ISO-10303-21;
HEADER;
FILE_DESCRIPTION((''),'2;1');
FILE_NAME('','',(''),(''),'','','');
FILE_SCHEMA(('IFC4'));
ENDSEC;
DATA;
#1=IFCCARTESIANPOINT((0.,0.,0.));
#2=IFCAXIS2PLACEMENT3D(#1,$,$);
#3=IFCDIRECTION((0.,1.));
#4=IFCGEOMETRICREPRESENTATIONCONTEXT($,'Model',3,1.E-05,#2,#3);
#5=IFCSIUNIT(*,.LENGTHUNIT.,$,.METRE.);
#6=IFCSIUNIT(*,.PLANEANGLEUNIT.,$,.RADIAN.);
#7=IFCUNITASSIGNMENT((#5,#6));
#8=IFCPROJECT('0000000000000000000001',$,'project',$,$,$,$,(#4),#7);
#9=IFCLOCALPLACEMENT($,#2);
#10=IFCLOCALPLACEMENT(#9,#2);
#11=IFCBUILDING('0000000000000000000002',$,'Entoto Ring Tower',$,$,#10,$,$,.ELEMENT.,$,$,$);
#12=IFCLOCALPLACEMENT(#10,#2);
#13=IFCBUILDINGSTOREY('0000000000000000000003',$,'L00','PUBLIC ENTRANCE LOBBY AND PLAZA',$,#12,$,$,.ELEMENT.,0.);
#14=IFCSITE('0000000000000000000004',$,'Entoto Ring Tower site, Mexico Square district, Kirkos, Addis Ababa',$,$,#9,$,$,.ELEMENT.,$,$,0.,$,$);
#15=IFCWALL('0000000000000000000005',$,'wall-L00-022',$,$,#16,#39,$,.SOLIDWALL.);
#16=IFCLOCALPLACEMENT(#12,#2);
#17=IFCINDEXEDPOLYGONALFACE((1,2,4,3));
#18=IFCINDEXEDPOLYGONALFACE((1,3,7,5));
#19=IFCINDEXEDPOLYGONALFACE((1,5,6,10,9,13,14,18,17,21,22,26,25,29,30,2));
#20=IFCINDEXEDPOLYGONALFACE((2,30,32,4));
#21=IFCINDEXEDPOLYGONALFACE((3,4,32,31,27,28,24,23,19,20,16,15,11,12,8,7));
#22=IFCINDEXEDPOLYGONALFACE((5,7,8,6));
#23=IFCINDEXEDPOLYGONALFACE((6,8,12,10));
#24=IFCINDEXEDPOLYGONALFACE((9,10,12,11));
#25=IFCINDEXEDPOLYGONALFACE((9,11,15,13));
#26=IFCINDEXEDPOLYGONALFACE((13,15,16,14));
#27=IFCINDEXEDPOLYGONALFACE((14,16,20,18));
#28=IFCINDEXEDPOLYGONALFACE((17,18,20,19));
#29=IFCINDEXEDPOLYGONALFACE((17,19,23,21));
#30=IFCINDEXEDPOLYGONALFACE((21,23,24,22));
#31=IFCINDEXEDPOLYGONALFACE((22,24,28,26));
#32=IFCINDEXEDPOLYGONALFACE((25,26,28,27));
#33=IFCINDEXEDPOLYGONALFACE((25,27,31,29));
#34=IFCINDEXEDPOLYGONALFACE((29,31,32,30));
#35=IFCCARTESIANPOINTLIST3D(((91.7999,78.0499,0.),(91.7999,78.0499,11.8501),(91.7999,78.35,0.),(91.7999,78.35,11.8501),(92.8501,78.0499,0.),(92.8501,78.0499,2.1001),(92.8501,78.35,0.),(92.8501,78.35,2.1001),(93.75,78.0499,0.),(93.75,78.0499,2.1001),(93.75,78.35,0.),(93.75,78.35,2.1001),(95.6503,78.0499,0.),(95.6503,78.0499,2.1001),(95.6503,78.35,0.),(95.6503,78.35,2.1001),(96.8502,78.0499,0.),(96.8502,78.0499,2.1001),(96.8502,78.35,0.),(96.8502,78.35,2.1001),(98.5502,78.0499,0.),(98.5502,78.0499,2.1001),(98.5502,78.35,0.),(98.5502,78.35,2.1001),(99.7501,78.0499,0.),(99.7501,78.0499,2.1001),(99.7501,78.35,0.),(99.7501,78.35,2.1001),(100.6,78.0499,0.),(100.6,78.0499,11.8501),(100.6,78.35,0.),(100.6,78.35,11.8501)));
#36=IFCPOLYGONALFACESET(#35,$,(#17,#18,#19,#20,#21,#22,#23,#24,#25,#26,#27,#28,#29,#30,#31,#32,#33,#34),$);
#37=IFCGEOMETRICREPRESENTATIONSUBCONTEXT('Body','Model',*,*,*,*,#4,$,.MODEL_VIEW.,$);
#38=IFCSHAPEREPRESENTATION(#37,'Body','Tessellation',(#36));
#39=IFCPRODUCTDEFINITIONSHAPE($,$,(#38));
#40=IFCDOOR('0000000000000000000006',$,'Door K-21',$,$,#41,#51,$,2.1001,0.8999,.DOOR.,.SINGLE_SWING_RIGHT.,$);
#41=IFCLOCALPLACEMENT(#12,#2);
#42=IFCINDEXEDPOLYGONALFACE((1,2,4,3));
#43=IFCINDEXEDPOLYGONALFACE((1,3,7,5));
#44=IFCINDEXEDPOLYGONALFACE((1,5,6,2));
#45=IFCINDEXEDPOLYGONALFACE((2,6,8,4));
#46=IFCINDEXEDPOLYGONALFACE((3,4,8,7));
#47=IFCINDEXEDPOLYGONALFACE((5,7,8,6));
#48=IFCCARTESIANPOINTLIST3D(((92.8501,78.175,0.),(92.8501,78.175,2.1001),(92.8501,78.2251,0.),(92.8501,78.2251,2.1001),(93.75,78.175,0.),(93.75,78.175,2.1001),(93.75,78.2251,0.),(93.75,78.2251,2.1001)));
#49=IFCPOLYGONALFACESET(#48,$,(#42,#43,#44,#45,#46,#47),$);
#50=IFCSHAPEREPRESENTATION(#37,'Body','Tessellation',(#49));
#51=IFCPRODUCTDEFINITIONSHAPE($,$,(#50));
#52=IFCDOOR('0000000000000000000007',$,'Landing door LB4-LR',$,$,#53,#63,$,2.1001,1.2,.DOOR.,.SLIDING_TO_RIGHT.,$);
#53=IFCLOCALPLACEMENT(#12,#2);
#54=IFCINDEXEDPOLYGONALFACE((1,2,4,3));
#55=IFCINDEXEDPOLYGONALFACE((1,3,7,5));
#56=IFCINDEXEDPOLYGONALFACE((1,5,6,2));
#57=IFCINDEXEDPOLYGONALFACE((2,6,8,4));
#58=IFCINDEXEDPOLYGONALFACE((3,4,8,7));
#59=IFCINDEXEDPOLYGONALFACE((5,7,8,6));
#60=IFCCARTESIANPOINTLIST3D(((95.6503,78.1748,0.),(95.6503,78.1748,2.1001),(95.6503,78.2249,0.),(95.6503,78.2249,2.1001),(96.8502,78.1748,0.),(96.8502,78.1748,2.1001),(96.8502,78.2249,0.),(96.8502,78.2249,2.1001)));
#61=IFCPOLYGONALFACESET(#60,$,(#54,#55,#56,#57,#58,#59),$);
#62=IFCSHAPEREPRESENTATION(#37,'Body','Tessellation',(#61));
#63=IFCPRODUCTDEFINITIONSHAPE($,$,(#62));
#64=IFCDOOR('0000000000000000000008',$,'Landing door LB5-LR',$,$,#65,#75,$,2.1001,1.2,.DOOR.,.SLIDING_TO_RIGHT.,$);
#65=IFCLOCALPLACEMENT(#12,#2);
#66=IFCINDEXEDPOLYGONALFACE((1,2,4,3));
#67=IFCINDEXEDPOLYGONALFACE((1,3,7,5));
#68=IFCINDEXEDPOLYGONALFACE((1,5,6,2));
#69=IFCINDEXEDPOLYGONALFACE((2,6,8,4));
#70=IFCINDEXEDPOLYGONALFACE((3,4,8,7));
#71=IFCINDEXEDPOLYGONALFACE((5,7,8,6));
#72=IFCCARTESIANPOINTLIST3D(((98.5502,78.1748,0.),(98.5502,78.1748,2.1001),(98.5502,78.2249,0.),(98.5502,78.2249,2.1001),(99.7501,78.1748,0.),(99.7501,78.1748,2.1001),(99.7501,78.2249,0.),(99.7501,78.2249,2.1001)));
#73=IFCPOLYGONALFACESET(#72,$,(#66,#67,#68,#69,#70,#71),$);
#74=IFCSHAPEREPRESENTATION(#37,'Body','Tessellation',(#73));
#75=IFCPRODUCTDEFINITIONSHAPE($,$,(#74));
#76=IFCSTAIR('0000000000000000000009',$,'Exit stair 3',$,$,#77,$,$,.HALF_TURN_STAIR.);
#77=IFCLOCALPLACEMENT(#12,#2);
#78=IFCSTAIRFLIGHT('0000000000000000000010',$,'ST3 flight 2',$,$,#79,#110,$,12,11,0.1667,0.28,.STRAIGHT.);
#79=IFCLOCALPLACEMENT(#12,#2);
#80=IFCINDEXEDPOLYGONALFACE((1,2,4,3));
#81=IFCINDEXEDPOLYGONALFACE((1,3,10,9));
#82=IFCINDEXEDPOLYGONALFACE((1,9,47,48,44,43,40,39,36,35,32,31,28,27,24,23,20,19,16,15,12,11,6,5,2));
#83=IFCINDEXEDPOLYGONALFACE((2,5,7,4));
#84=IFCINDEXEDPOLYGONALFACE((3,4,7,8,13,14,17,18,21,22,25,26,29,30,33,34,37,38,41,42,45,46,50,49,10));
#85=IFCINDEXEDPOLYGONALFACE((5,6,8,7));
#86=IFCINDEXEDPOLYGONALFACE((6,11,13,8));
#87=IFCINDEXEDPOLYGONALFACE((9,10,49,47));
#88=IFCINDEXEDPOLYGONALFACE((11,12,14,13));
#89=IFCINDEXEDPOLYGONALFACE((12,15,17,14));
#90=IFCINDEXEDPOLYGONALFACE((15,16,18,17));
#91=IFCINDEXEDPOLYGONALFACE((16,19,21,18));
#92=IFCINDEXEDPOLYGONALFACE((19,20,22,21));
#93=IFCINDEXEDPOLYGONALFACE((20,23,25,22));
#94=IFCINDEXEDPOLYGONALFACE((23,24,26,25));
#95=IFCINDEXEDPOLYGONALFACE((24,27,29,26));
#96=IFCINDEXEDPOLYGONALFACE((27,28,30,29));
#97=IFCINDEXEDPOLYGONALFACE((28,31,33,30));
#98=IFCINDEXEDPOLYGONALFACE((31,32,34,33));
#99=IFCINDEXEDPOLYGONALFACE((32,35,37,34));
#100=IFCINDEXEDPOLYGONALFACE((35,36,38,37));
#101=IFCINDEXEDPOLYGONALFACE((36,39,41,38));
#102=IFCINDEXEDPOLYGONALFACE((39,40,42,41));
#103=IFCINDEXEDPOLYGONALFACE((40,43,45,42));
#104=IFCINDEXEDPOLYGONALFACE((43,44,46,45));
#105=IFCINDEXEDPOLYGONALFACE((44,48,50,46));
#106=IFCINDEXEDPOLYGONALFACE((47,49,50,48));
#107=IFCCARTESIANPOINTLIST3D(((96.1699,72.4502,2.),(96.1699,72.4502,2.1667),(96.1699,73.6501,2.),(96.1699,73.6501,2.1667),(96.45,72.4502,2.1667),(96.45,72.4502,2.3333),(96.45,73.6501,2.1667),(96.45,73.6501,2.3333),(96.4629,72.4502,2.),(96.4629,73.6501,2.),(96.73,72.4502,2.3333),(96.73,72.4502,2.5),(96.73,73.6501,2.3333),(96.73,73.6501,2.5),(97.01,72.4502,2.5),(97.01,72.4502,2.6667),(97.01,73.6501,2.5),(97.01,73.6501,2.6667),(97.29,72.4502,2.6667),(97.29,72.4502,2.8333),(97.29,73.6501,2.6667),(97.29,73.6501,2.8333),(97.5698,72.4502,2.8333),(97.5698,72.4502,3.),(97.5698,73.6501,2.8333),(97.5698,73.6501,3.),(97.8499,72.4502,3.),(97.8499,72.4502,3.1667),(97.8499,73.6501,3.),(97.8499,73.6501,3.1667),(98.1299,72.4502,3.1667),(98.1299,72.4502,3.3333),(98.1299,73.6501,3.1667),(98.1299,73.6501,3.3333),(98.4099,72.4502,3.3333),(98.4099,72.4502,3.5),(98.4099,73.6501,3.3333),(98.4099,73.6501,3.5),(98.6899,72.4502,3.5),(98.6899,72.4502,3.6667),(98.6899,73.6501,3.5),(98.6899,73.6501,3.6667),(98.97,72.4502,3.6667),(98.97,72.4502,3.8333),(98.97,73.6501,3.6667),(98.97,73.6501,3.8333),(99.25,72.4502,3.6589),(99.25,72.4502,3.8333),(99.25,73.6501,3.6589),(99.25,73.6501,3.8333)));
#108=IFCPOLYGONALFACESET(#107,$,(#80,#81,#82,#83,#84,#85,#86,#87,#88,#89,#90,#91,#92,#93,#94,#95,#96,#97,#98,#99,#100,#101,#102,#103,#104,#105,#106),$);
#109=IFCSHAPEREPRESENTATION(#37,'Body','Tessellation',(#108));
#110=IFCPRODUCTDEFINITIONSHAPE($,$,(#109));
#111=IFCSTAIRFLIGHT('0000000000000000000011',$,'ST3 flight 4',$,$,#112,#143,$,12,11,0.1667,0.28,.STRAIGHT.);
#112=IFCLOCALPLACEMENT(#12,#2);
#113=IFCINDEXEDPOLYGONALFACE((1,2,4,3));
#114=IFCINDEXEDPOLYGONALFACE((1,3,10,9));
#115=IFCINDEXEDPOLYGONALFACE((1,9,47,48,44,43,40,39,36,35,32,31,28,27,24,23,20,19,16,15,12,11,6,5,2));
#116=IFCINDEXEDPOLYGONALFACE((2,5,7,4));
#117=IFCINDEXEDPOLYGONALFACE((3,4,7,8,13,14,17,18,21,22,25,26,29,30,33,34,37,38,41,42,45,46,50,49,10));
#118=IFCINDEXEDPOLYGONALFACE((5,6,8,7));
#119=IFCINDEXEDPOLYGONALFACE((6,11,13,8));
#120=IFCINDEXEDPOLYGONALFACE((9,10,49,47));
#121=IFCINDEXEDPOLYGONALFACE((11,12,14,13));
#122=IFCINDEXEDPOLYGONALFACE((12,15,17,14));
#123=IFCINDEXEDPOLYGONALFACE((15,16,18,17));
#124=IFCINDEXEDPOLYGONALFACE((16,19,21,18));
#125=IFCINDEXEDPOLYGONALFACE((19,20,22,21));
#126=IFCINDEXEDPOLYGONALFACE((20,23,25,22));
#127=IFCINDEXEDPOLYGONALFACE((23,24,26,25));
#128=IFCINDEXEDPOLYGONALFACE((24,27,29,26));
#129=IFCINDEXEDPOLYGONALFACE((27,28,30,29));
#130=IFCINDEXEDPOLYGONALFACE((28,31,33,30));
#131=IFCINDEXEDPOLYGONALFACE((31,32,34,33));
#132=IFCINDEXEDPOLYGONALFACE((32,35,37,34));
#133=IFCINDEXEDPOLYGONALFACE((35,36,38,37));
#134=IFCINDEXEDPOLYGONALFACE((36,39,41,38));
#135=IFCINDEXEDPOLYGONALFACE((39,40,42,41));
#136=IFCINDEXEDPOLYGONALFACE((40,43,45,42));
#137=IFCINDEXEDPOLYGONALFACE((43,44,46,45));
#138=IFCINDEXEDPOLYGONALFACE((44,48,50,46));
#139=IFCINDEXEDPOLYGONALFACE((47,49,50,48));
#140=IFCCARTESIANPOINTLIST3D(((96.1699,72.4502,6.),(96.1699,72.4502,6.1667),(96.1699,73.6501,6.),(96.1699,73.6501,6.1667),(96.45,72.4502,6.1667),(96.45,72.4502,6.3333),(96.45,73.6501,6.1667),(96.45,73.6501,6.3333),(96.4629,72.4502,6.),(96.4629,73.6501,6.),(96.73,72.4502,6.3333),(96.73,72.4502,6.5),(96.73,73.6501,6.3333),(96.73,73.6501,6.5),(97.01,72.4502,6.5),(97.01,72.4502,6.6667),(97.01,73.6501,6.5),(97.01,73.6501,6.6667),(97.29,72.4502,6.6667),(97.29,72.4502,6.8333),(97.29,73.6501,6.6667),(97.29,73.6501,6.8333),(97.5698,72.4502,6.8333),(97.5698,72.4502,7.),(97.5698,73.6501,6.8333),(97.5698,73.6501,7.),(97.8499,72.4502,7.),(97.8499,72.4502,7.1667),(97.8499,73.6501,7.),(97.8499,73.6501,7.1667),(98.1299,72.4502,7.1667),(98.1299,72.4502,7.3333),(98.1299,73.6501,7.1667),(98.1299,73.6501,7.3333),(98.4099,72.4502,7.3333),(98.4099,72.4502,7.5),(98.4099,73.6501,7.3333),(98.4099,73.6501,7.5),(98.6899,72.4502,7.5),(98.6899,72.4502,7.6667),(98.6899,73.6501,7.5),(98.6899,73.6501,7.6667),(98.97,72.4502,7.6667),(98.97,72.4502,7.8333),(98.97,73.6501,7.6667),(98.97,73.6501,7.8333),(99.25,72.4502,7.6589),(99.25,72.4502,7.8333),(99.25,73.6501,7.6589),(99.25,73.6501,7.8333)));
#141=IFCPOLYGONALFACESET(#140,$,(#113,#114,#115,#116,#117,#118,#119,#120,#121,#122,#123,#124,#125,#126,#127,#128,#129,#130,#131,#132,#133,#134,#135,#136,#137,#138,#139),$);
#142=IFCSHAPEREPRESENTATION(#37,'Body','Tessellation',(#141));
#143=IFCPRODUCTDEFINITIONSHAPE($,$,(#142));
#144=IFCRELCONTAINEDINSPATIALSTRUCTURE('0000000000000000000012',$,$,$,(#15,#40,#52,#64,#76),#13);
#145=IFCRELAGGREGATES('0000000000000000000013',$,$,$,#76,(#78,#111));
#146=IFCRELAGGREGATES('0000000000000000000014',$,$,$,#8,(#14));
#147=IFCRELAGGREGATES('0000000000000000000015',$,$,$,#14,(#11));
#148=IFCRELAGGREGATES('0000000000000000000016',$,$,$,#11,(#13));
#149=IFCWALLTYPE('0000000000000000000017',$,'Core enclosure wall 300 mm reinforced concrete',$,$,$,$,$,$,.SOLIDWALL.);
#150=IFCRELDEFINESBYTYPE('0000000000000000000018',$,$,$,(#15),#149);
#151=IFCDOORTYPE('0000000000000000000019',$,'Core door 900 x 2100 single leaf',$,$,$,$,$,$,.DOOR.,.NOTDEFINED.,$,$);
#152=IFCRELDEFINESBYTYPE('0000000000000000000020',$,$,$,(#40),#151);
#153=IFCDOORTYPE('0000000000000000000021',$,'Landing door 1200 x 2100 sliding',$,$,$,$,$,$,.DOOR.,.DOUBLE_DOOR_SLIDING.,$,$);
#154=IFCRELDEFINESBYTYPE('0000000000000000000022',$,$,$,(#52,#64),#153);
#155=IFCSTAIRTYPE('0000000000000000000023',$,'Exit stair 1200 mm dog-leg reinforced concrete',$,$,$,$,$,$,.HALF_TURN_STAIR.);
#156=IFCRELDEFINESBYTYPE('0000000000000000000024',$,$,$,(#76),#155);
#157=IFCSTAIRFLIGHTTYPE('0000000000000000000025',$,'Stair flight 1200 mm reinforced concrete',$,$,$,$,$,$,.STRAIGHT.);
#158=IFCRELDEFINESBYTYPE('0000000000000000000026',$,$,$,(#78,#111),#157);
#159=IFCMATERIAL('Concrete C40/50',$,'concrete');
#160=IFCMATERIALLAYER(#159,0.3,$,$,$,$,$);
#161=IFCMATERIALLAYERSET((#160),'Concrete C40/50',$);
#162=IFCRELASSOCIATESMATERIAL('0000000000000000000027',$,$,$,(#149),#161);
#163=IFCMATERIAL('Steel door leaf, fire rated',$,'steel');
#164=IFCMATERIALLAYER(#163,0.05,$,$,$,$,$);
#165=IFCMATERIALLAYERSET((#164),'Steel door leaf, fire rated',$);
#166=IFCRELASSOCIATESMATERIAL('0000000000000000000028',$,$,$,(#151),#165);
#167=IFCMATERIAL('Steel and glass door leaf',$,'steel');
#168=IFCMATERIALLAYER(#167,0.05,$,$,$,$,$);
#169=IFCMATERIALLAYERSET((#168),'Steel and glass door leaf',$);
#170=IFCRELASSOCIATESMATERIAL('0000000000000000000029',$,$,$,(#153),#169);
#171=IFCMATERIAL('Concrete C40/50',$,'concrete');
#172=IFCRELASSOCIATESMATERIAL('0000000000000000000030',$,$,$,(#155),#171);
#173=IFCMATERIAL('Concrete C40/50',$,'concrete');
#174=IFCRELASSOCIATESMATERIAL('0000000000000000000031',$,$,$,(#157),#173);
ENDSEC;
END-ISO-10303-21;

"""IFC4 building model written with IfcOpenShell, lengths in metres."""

from ifc_helpers import new_model, si_unit, direction, frame, frame_2d, origin, place, context, subcontext, project, spatial, polyline, rectangle, outline, extrude, material, layer, layer_set, type_object, element, fill, aggregate, save


model = new_model("IFC4")

# Units and contexts
model_context = context("Model", 3, precision=1e-05, world=origin(), true_north=direction((0.0, 1.0)))
body_context = subcontext(model_context, "Body", "Model", "MODEL_VIEW")
ifc_project = project(units=[si_unit("LENGTHUNIT", "METRE"), si_unit("PLANEANGLEUNIT", "RADIAN")], contexts=[model_context])

# Site, building, storey
site_placement = place(None, origin())
site = spatial("IfcSite", under=ifc_project, at=site_placement, Name="Entoto Ring Tower site, Mexico Square district, Kirkos, Addis Ababa", CompositionType="ELEMENT", RefElevation=0.0)
building_placement = place(site_placement, origin())
building = spatial("IfcBuilding", under=site, at=building_placement, Name="Entoto Ring Tower", CompositionType="ELEMENT")
storey_placement = place(building_placement, origin())
storey = spatial("IfcBuildingStorey", under=building, at=storey_placement, Name="L00", Description="PUBLIC ENTRANCE LOBBY AND PLAZA", CompositionType="ELEMENT", Elevation=0.0)

# Shared definitions
ifc_material_1 = material(Name="Concrete C40/50", Category="concrete")
ifc_layer_1 = layer(ifc_material_1, 0.3)
ifc_layer_set_1 = layer_set([ifc_layer_1], Name="Concrete C40/50")
wall_type = type_object("IfcWallType", Name="Core enclosure wall 300 mm reinforced concrete", PredefinedType="SOLIDWALL", material=ifc_layer_set_1)

# Shared definitions
ifc_material_2 = material(Name="Steel door leaf, fire rated", Category="steel")
ifc_layer_2 = layer(ifc_material_2, 0.05)
ifc_layer_set_2 = layer_set([ifc_layer_2], Name="Steel door leaf, fire rated")
door_type_1 = type_object("IfcDoorType", Name="Core door 900 x 2100 single leaf", OperationType="NOTDEFINED", PredefinedType="DOOR", material=ifc_layer_set_2)

# Shared definitions
ifc_material_3 = material(Name="Steel and glass door leaf", Category="steel")
ifc_layer_3 = layer(ifc_material_3, 0.05)
ifc_layer_set_3 = layer_set([ifc_layer_3], Name="Steel and glass door leaf")
door_type_2 = type_object("IfcDoorType", Name="Landing door 1200 x 2100 sliding", OperationType="DOUBLE_DOOR_SLIDING", PredefinedType="DOOR", material=ifc_layer_set_3)

# Wall, openings, doors
wall_1_placement = place(storey_placement, frame((91.8, 78.2, 0.0), z_axis=(0.0, 0.0, 1.0), x_axis=(1.0, 0.0, 0.0)))
wall_1 = element("IfcWall", 1, at=wall_1_placement, inside=storey, type_object=wall_type, Name="wall-L00-022", PredefinedType="SOLIDWALL", context=body_context, shape_type="SweptSolid", body=[
    extrude(rectangle(XDim=8.8, YDim=0.3, at=frame_2d((4.3999, 0.0))), origin(), (0.0, 0.0, 1.0), 11.8501),
])
opening_1_placement = place(wall_1_placement, frame((3.8501, 0.0, 0.0)))
opening_1 = element("IfcOpeningElement", 2, at=opening_1_placement, cuts=wall_1, PredefinedType="OPENING", context=body_context, shape_type="SweptSolid", body=[
    extrude(rectangle(XDim=1.2, YDim=2.1001, at=frame_2d((0.6001, 1.05))), frame((0.0, 0.1602, 0.0), z_axis=(0.0, -1.0, 0.0), x_axis=(1.0, 0.0, 0.0)), (0.0, 0.0, 1.0), 0.3201),
])
opening_2_placement = place(wall_1_placement, frame((6.75, 0.0, 0.0)))
opening_2 = element("IfcOpeningElement", 3, at=opening_2_placement, cuts=wall_1, PredefinedType="OPENING", context=body_context, shape_type="SweptSolid", body=[
    extrude(rectangle(XDim=1.2, YDim=2.1001, at=frame_2d((0.6001, 1.05))), frame((0.0, 0.1602, 0.0), z_axis=(0.0, -1.0, 0.0), x_axis=(1.0, 0.0, 0.0)), (0.0, 0.0, 1.0), 0.3201),
])
opening_3_placement = place(wall_1_placement, frame((1.05, 0.0, 0.0)))
opening_3 = element("IfcOpeningElement", 4, at=opening_3_placement, cuts=wall_1, PredefinedType="OPENING", context=body_context, shape_type="SweptSolid", body=[
    extrude(rectangle(XDim=0.8999, YDim=2.1001, at=frame_2d((0.45, 1.05))), frame((0.0, 0.1602, 0.0), z_axis=(0.0, -1.0, 0.0), x_axis=(1.0, 0.0, 0.0)), (0.0, 0.0, 1.0), 0.3201),
])
door_1_placement = place(opening_3_placement, frame((0.8999, 0.0, 0.0), z_axis=(0.0, 0.0, 1.0), x_axis=(-1.0, 0.0, 0.0)))
door_1 = element("IfcDoor", 5, at=door_1_placement, inside=storey, type_object=door_type_1, Name="Door K-21", OperationType="SINGLE_SWING_RIGHT", OverallHeight=2.1001, OverallWidth=0.8999, PredefinedType="DOOR", context=body_context, shape_type="SweptSolid", body=[
    extrude(rectangle(XDim=0.8999, YDim=2.1001, at=frame_2d((0.45, 1.05))), frame((0.0, 0.0249, 0.0), z_axis=(0.0, -1.0, 0.0), x_axis=(1.0, 0.0, 0.0)), (0.0, 0.0, 1.0), 0.05),
])
fill(opening_3, door_1)
door_2_placement = place(opening_1_placement, origin())
door_2 = element("IfcDoor", 6, at=door_2_placement, inside=storey, type_object=door_type_2, Name="Landing door LB4-LR", OperationType="SLIDING_TO_RIGHT", OverallHeight=2.1001, OverallWidth=1.2, PredefinedType="DOOR", context=body_context, shape_type="SweptSolid", body=[
    extrude(rectangle(XDim=1.2, YDim=2.1001, at=frame_2d((0.6001, 1.05))), frame((0.0, 0.0249, 0.0), z_axis=(0.0, -1.0, 0.0), x_axis=(1.0, 0.0, 0.0)), (0.0, 0.0, 1.0), 0.05),
])
fill(opening_1, door_2)
door_3_placement = place(opening_2_placement, origin())
door_3 = element("IfcDoor", 7, at=door_3_placement, inside=storey, type_object=door_type_2, Name="Landing door LB5-LR", OperationType="SLIDING_TO_RIGHT", OverallHeight=2.1001, OverallWidth=1.2, PredefinedType="DOOR", context=body_context, shape_type="SweptSolid", body=[
    extrude(rectangle(XDim=1.2, YDim=2.1001, at=frame_2d((0.6001, 1.05))), frame((0.0, 0.0249, 0.0), z_axis=(0.0, -1.0, 0.0), x_axis=(1.0, 0.0, 0.0)), (0.0, 0.0, 1.0), 0.05),
])
fill(opening_2, door_3)

# Stair, stair flights
ifc_material_4 = material(Name="Concrete C40/50", Category="concrete")
stair_type = type_object("IfcStairType", Name="Exit stair 1200 mm dog-leg reinforced concrete", PredefinedType="HALF_TURN_STAIR", material=ifc_material_4)
stair_placement = place(storey_placement, origin())
stair = element("IfcStair", 8, at=stair_placement, inside=storey, type_object=stair_type, Name="Exit stair 3", PredefinedType="HALF_TURN_STAIR")
ifc_material_5 = material(Name="Concrete C40/50", Category="concrete")
stair_flight_type = type_object("IfcStairFlightType", Name="Stair flight 1200 mm reinforced concrete", PredefinedType="STRAIGHT", material=ifc_material_5)
stair_flight_1_placement = place(storey_placement, frame((96.1699, 73.05, 2.0), z_axis=(0.0, 0.0, 1.0), x_axis=(1.0, 0.0, 0.0)))
stair_flight_1 = element("IfcStairFlight", 9, at=stair_flight_1_placement, type_object=stair_flight_type, Name="ST3 flight 2", NumberOfRisers=12, NumberOfTreads=11, PredefinedType="STRAIGHT", RiserHeight=0.1667, TreadLength=0.28, context=body_context, shape_type="SweptSolid", body=[
    extrude(outline(polyline([(0.0, 0.0), (0.0, 0.1667), (0.28, 0.1667), (0.28, 0.3333), (0.5601, 0.3333), (0.5601, 0.5), (0.8401, 0.5), (0.8401, 0.6667), (1.1201, 0.6667), (1.1201, 0.8333), (1.3999, 0.8333), (1.3999, 1.0), (1.6799, 1.0), (1.6799, 1.1667), (1.96, 1.1667), (1.96, 1.3333), (2.24, 1.3333), (2.24, 1.5), (2.52, 1.5), (2.52, 1.6667), (2.8, 1.6667), (2.8, 1.8333), (3.0801, 1.8333), (3.0801, 2.0), (3.0801, 1.6589), (0.293, 0.0), (0.0, 0.0)])), frame((0.0, 0.6001, 0.0), z_axis=(0.0, -1.0, 0.0), x_axis=(1.0, 0.0, 0.0)), (0.0, 0.0, 1.0), 1.2),
])
stair_flight_2_placement = place(storey_placement, frame((96.1699, 73.05, 6.0), z_axis=(0.0, 0.0, 1.0), x_axis=(1.0, 0.0, 0.0)))
stair_flight_2 = element("IfcStairFlight", 10, at=stair_flight_2_placement, type_object=stair_flight_type, Name="ST3 flight 4", NumberOfRisers=12, NumberOfTreads=11, PredefinedType="STRAIGHT", RiserHeight=0.1667, TreadLength=0.28, context=body_context, shape_type="SweptSolid", body=[
    extrude(outline(polyline([(0.0, 0.0), (0.0, 0.1667), (0.28, 0.1667), (0.28, 0.3333), (0.5601, 0.3333), (0.5601, 0.5), (0.8401, 0.5), (0.8401, 0.6667), (1.1201, 0.6667), (1.1201, 0.8333), (1.3999, 0.8333), (1.3999, 1.0), (1.6799, 1.0), (1.6799, 1.1667), (1.96, 1.1667), (1.96, 1.3333), (2.24, 1.3333), (2.24, 1.5), (2.52, 1.5), (2.52, 1.6667), (2.8, 1.6667), (2.8, 1.8333), (3.0801, 1.8333), (3.0801, 2.0), (3.0801, 1.6589), (0.293, 0.0), (0.0, 0.0)])), frame((0.0, 0.6001, 0.0), z_axis=(0.0, -1.0, 0.0), x_axis=(1.0, 0.0, 0.0)), (0.0, 0.0, 1.0), 1.2),
])
aggregate(stair, [stair_flight_1, stair_flight_2])

save(model, "model.ifc")
